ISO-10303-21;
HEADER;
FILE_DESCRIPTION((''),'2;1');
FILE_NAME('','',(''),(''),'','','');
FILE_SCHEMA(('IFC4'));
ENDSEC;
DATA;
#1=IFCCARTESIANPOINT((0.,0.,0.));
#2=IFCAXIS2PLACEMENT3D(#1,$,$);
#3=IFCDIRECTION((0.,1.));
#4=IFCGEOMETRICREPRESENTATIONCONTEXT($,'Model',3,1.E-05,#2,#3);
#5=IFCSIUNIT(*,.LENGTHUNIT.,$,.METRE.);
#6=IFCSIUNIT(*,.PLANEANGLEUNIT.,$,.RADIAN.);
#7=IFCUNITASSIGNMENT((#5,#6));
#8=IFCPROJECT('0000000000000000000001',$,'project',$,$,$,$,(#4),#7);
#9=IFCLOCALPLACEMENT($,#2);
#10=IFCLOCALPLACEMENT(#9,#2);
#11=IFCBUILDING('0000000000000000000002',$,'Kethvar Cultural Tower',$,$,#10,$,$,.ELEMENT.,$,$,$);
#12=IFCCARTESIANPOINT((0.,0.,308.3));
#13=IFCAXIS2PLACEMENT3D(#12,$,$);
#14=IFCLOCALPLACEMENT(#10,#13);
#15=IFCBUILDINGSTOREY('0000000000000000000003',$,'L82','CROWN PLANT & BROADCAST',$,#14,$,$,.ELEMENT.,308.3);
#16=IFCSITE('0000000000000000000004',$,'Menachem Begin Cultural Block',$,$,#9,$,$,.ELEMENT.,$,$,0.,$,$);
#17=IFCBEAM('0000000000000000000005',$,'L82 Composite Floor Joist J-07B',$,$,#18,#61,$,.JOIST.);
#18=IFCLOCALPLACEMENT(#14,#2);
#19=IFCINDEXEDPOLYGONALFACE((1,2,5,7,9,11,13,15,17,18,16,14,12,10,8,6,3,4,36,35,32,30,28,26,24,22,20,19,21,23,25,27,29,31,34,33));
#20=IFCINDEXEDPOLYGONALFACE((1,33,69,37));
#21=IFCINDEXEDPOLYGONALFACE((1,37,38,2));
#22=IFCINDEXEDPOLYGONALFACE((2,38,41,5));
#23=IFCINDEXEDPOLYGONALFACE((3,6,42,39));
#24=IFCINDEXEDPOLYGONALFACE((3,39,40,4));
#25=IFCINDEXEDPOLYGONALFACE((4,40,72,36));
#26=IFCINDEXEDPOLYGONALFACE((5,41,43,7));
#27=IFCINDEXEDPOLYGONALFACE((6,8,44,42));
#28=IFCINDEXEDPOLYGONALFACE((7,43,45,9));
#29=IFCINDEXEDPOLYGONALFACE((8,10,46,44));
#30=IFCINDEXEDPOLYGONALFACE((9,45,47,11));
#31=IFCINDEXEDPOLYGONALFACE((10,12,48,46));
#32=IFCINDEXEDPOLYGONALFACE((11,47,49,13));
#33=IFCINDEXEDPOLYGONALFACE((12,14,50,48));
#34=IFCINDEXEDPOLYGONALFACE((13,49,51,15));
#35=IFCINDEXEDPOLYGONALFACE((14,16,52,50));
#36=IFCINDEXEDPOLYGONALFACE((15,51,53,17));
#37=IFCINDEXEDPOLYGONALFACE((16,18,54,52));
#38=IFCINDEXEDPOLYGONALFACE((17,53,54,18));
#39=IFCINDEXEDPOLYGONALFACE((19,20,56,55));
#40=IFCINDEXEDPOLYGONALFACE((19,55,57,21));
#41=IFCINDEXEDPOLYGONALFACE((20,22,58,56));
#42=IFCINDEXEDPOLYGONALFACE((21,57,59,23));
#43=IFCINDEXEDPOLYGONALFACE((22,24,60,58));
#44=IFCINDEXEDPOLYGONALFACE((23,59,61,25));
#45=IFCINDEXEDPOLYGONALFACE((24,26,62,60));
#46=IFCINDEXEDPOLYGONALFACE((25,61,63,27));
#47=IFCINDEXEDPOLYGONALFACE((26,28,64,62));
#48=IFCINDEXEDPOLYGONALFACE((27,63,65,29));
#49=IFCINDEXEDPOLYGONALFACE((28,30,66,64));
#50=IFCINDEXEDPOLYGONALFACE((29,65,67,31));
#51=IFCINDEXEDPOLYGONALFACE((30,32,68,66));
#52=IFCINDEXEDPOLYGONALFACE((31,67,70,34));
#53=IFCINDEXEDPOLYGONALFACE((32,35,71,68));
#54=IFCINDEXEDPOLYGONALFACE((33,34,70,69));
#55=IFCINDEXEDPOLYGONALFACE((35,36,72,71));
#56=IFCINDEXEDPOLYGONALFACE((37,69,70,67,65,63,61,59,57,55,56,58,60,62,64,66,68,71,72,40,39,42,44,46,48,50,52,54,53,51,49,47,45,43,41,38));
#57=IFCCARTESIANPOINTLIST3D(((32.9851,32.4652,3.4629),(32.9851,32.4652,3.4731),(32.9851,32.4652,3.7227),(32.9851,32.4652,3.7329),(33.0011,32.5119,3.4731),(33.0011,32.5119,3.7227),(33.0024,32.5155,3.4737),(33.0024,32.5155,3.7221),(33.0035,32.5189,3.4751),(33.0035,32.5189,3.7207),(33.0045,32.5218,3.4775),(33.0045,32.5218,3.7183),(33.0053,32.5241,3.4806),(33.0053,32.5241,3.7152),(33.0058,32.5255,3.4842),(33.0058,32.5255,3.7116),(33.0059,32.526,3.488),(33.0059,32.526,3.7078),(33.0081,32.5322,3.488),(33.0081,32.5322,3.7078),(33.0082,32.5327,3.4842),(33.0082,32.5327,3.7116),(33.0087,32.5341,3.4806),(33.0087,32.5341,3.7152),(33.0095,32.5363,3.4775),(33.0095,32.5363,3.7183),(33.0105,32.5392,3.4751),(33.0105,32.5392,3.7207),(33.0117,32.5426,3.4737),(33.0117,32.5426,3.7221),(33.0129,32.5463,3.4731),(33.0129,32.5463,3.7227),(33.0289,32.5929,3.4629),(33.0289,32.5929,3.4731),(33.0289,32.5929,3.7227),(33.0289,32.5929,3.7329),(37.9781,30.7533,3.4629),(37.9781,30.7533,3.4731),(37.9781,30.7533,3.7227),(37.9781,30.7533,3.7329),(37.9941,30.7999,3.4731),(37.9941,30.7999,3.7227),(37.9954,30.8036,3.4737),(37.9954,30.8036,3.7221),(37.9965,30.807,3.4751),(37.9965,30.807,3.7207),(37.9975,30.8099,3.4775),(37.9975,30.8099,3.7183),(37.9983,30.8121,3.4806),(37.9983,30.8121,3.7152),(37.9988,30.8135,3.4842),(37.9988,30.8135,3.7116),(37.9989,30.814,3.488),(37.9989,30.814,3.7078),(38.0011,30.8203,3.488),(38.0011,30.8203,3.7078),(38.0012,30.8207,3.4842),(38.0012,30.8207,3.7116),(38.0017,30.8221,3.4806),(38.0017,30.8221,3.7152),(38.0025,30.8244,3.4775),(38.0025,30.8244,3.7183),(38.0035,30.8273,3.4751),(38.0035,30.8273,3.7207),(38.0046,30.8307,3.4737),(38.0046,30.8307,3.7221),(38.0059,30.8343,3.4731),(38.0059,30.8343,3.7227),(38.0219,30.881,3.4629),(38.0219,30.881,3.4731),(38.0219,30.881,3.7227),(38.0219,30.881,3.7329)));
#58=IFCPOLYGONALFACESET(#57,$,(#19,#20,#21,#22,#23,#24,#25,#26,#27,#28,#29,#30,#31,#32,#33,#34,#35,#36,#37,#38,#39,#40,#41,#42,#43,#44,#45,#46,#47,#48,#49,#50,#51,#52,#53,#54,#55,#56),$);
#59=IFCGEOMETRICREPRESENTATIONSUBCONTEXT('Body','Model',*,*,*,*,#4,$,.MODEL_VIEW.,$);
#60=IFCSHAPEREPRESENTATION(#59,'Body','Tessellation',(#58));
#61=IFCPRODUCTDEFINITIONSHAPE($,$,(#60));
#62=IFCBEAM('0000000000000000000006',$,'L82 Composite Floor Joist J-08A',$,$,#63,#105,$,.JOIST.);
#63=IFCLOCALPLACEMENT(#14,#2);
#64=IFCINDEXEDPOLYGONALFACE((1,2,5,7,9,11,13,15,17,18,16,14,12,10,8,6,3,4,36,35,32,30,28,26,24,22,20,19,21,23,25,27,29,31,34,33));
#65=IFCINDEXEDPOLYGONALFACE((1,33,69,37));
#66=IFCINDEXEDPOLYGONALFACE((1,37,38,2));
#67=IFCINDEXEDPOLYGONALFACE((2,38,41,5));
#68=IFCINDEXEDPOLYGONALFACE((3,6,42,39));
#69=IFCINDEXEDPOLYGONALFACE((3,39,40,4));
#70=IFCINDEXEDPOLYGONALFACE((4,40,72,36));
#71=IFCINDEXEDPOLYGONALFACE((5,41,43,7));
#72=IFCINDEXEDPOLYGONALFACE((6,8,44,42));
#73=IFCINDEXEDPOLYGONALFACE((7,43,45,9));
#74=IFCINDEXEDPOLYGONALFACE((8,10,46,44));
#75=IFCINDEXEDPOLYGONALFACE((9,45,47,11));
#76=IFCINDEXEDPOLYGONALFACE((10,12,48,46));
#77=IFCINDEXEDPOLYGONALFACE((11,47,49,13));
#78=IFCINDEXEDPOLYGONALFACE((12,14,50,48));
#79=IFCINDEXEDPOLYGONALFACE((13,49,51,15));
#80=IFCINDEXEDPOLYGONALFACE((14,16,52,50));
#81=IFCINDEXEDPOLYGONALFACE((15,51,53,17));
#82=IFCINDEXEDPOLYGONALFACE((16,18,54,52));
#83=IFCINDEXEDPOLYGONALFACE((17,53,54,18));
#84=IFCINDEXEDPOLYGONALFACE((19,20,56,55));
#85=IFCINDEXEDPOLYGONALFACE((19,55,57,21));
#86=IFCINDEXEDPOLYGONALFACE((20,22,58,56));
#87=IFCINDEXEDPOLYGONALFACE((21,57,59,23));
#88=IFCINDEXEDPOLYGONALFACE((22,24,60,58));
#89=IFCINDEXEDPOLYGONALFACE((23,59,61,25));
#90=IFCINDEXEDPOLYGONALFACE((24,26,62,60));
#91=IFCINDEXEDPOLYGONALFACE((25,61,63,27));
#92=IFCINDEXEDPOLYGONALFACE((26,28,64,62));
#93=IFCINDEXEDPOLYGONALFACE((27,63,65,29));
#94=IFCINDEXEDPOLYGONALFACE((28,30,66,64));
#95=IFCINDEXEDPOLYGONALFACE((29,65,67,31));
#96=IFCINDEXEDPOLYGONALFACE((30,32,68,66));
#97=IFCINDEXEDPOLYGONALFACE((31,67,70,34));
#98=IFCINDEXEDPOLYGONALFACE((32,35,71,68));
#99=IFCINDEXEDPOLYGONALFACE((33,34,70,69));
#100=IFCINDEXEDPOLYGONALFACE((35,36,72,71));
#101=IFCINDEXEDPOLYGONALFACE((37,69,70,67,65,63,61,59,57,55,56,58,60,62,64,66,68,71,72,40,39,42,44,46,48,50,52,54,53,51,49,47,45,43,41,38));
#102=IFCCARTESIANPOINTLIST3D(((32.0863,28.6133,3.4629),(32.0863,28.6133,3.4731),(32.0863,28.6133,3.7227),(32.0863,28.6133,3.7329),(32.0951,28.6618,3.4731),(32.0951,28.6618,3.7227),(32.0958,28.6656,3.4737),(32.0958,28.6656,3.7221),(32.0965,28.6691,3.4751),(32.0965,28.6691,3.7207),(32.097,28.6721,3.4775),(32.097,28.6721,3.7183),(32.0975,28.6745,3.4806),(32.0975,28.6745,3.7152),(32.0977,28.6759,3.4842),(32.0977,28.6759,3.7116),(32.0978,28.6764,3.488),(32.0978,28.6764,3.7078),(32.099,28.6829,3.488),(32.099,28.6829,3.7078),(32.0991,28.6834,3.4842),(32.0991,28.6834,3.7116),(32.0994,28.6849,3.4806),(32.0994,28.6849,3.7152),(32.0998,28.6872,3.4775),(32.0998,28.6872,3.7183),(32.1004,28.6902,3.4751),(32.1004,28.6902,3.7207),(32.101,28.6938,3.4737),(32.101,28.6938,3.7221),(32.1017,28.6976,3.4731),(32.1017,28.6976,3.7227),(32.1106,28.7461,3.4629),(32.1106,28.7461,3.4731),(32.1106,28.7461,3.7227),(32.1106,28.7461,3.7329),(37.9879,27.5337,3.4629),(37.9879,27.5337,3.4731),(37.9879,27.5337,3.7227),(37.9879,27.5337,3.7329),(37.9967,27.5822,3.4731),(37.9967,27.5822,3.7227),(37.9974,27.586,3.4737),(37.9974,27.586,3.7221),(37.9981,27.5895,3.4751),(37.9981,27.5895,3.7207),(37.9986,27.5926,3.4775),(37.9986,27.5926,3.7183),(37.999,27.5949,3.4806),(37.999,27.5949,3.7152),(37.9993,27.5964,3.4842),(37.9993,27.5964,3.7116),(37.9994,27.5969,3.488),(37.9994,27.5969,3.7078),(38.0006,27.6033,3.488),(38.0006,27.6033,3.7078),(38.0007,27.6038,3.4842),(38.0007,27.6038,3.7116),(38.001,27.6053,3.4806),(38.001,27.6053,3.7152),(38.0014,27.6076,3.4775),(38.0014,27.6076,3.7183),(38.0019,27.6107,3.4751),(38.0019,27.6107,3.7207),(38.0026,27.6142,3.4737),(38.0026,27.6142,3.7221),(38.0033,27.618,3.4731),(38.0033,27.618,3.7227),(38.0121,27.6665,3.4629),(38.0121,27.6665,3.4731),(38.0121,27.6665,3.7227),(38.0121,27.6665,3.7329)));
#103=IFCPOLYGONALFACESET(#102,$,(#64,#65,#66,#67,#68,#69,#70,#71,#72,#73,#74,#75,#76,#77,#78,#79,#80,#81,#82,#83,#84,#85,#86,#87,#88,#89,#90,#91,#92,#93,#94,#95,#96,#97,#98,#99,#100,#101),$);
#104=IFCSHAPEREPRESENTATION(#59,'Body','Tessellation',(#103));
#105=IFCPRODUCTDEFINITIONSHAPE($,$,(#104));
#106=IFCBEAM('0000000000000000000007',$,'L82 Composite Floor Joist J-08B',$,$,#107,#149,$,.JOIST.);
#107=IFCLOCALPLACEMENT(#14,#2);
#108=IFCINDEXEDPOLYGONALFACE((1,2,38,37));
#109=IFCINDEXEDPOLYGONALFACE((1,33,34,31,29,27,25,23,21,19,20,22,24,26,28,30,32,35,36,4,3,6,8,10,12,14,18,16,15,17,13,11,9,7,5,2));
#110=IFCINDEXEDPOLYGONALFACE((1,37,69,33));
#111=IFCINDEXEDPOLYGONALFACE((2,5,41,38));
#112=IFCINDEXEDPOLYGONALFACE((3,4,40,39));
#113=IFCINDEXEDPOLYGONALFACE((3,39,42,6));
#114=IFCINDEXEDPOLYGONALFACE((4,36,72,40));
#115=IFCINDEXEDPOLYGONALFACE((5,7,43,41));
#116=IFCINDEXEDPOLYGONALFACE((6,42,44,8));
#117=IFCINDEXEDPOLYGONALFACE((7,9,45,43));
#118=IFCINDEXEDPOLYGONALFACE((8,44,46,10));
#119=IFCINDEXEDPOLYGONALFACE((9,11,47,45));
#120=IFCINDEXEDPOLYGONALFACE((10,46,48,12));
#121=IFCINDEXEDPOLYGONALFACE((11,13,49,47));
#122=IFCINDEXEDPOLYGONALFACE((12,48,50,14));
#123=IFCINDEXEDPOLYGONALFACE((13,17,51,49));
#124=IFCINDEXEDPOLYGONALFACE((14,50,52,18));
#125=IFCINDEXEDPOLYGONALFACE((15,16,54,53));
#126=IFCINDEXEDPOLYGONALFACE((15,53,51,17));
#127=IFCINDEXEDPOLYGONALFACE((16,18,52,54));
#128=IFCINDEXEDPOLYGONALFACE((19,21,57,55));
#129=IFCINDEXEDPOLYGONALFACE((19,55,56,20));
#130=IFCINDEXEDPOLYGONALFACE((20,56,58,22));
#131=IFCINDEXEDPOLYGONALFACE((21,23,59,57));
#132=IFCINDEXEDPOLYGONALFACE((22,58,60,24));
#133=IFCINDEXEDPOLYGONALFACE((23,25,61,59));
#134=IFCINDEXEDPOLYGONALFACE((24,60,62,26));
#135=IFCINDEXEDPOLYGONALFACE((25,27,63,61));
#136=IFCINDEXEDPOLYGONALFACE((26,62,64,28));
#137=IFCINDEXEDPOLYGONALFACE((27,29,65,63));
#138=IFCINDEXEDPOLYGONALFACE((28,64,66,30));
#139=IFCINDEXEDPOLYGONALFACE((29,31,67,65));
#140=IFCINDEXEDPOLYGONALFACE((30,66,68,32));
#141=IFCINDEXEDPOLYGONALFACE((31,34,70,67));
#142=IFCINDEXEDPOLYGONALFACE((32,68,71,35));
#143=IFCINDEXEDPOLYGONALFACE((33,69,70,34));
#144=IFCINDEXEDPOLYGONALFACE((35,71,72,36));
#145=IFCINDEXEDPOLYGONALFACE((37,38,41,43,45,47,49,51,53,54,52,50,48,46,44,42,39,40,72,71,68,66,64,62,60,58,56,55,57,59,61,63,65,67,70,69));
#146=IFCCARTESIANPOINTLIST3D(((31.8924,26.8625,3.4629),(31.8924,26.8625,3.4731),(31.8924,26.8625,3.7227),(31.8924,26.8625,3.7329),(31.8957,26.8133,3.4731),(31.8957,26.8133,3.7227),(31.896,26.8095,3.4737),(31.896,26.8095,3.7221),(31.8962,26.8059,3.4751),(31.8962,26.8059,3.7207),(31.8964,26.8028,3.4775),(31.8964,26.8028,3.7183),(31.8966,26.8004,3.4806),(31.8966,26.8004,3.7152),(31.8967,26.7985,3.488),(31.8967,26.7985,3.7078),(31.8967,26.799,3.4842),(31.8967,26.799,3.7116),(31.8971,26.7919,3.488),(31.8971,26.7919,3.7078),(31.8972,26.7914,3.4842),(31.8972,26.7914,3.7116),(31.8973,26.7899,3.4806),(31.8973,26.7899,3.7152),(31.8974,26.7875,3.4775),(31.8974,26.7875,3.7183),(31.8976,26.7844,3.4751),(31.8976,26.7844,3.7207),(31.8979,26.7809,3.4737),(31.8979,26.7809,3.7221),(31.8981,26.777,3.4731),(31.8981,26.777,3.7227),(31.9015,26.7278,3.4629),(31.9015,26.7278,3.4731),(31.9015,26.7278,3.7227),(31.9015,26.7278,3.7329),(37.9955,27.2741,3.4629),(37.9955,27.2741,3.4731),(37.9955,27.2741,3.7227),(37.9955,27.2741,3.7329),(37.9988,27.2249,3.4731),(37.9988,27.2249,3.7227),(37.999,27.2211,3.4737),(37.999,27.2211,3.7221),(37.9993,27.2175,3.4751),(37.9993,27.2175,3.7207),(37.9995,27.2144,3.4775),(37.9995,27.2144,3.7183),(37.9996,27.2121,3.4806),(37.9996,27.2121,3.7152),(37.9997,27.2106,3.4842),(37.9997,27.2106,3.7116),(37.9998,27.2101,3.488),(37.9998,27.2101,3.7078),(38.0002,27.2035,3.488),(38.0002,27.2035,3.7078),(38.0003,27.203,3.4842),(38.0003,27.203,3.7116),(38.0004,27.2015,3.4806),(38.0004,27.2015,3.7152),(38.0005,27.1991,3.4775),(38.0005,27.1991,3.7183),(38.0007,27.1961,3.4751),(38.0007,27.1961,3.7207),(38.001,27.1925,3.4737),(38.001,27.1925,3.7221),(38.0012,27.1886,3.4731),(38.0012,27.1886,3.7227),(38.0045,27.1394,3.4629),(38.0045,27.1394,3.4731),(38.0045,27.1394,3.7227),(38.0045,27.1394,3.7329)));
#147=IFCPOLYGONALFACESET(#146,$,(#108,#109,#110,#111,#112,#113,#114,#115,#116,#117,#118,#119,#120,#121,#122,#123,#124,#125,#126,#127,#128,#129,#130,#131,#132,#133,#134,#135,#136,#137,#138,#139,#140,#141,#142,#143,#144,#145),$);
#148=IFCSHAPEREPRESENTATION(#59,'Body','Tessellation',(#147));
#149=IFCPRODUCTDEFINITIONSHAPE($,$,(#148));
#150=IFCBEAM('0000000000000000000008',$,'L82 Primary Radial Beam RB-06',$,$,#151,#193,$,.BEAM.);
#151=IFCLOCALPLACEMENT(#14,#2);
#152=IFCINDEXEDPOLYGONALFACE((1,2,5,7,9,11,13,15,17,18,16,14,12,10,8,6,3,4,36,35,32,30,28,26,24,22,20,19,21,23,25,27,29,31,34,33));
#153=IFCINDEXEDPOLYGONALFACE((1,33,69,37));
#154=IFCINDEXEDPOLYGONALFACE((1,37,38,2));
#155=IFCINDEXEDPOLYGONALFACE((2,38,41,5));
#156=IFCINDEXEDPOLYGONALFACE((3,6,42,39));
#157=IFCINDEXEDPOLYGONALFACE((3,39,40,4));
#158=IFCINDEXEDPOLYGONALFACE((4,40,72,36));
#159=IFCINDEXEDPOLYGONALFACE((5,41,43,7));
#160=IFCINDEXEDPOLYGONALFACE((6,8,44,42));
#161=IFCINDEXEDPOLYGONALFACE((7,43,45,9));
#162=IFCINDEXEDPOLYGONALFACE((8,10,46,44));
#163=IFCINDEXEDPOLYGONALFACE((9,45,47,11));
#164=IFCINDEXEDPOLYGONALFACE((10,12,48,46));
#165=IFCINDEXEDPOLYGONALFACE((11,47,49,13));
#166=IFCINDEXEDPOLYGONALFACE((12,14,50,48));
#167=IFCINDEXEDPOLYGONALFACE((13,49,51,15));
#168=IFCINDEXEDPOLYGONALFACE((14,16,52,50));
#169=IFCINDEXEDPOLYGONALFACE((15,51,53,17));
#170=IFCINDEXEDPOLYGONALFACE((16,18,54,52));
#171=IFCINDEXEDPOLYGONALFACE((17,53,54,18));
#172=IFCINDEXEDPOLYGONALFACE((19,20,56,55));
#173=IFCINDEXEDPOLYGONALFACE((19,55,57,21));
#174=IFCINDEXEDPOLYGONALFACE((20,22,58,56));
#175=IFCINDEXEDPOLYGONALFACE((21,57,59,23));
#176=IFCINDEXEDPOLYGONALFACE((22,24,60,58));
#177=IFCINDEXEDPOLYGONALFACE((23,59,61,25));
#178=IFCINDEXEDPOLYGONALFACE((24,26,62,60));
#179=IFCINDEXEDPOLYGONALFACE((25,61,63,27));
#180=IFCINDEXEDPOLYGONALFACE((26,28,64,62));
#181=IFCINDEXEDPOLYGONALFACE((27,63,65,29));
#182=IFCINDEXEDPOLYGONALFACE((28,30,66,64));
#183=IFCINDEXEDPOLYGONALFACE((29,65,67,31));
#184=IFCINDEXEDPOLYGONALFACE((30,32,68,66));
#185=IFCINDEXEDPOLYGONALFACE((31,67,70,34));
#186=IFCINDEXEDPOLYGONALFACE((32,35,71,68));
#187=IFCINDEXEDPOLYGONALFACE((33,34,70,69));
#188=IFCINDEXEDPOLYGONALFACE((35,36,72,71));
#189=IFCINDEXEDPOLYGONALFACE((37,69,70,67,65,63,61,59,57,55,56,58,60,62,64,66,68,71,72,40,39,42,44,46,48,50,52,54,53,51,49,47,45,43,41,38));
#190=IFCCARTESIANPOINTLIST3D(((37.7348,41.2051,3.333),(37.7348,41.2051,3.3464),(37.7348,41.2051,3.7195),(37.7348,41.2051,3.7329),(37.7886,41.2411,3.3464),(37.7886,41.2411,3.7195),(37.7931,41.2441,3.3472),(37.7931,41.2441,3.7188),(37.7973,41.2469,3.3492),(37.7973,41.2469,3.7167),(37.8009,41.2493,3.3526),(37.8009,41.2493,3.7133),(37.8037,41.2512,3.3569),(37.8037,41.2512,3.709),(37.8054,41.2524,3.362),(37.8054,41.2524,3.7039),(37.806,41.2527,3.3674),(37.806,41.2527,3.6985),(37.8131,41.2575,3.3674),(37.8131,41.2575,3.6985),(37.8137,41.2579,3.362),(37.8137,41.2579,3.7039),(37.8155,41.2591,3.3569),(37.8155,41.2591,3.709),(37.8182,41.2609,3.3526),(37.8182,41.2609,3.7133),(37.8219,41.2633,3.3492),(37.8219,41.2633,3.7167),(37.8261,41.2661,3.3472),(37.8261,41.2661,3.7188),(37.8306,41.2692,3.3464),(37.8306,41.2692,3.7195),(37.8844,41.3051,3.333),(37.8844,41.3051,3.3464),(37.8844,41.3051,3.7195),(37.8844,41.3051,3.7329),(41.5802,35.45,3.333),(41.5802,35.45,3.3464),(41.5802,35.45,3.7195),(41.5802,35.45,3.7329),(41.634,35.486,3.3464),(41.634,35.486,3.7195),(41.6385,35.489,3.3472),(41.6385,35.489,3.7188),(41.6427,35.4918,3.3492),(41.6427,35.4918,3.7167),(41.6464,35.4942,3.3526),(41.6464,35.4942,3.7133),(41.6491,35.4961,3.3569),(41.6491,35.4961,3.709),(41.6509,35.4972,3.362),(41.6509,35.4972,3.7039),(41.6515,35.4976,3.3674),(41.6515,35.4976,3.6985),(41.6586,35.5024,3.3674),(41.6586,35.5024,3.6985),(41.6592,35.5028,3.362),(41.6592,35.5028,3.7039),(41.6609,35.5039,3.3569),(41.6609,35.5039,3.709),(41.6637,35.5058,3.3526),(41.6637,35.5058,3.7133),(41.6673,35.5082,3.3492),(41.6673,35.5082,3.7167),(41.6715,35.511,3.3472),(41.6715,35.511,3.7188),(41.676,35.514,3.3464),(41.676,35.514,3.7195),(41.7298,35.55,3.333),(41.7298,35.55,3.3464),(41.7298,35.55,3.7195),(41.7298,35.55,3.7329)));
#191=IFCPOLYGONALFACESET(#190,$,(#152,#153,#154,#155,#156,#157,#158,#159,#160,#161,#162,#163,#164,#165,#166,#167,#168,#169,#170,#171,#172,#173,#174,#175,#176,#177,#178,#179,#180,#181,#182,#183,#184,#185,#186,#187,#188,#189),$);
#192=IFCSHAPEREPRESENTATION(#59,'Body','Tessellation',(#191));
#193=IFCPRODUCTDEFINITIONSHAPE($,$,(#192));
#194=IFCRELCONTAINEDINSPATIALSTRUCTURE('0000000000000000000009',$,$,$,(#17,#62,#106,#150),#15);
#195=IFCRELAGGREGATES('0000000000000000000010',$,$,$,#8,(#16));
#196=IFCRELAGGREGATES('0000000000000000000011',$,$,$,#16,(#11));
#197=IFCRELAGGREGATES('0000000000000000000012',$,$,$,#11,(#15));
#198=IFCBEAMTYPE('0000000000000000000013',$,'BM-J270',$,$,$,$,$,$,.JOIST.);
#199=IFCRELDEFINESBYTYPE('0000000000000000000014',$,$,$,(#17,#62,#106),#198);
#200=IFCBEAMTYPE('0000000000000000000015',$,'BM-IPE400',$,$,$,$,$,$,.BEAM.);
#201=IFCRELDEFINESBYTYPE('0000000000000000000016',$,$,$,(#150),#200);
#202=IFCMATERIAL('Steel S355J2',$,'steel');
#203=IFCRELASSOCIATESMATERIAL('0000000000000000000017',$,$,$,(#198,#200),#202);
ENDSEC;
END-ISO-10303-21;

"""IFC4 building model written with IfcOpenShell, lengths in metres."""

from ifc_helpers import new_model, si_unit, direction, frame, origin, origin_2d, place, context, subcontext, project, spatial, i_section, extrude, source, transform, mapped, material, material_profile, profile_set, type_object, element, save


model = new_model("IFC4")

# Units and contexts
model_context = context("Model", 3, precision=1e-05, world=origin(), true_north=direction((0.0, 1.0)))
body_context = subcontext(model_context, "Body", "Model", "MODEL_VIEW")
ifc_project = project(units=[si_unit("LENGTHUNIT", "METRE"), si_unit("PLANEANGLEUNIT", "RADIAN")], contexts=[model_context])

# Site, building, storey
site_placement = place(None, origin())
site = spatial("IfcSite", under=ifc_project, at=site_placement, Name="Menachem Begin Cultural Block", CompositionType="ELEMENT", RefElevation=0.0)
building_placement = place(site_placement, origin())
building = spatial("IfcBuilding", under=site, at=building_placement, Name="Kethvar Cultural Tower", CompositionType="ELEMENT")
storey_placement = place(building_placement, frame((0.0, 0.0, 308.3)))
storey = spatial("IfcBuildingStorey", under=building, at=storey_placement, Name="L82", Description="CROWN PLANT & BROADCAST", CompositionType="ELEMENT", Elevation=308.3)

# Beams
ifc_material_1 = material(Name="Steel S355J2", Category="steel")
ifc_material_profile_1 = material_profile(ifc_material_1, i_section(OverallWidth=0.135, OverallDepth=0.27, WebThickness=0.0066, FlangeThickness=0.0103, FilletRadius=0.0149, at=origin_2d()), Name="Steel S355J2 — IPE270")
ifc_profile_set_1 = profile_set([ifc_material_profile_1], Name="Steel S355J2 — IPE270")
beam_type_1 = type_object("IfcBeamType", Name="BM-J270", PredefinedType="JOIST", material=ifc_profile_set_1)
shared_shape_1 = source(origin(), body_context, "Body", "SweptSolid", [
    extrude(i_section(OverallWidth=0.135, OverallDepth=0.27, WebThickness=0.0066, FlangeThickness=0.0103, FilletRadius=0.0149, at=origin_2d()), origin(), (0.0, 0.0, 1.0), 5.2783),
])
beam_1_placement = place(storey_placement, frame((38.0, 30.8171, 3.5979), z_axis=(-0.945943, 0.324334, 0.0), x_axis=(-0.324334, -0.945943, 0.0)))
element("IfcBeam", 1, at=beam_1_placement, inside=storey, type_object=beam_type_1, Name="L82 Composite Floor Joist J-07B", PredefinedType="JOIST", context=body_context, shape_type="MappedRepresentation", body=[
    mapped(shared_shape_1, transform((0.0, 0.0, 0.0), scale=1.0)),
])
shared_shape_2 = source(origin(), body_context, "Body", "SweptSolid", [
    extrude(i_section(OverallWidth=0.135, OverallDepth=0.27, WebThickness=0.0066, FlangeThickness=0.0103, FilletRadius=0.0149, at=origin_2d()), origin(), (0.0, 0.0, 1.0), 5.9995),
])
beam_2_placement = place(storey_placement, frame((38.0, 27.6001, 3.5979), z_axis=(-0.983677, 0.179945, 0.0), x_axis=(-0.179945, -0.983677, 0.0)))
element("IfcBeam", 2, at=beam_2_placement, inside=storey, type_object=beam_type_1, Name="L82 Composite Floor Joist J-08A", PredefinedType="JOIST", context=body_context, shape_type="MappedRepresentation", body=[
    mapped(shared_shape_2, transform((0.0, 0.0, 0.0), scale=1.0)),
])
shared_shape_3 = source(origin(), body_context, "Body", "SweptSolid", [
    extrude(i_section(OverallWidth=0.135, OverallDepth=0.27, WebThickness=0.0066, FlangeThickness=0.0103, FilletRadius=0.0149, at=origin_2d()), origin(), (0.0, 0.0, 1.0), 6.1169),
])
beam_3_placement = place(storey_placement, frame((38.0, 27.2068, 3.5979), z_axis=(-0.997733, -0.067293, 0.0), x_axis=(0.067293, -0.997733, 0.0)))
element("IfcBeam", 3, at=beam_3_placement, inside=storey, type_object=beam_type_1, Name="L82 Composite Floor Joist J-08B", PredefinedType="JOIST", context=body_context, shape_type="MappedRepresentation", body=[
    mapped(shared_shape_3, transform((0.0, 0.0, 0.0), scale=1.0)),
])
ifc_material_profile_2 = material_profile(ifc_material_1, i_section(OverallWidth=0.1799, OverallDepth=0.3999, WebThickness=0.0085, FlangeThickness=0.0134, FilletRadius=0.021, at=origin_2d()), Name="Steel S355J2 — IPE400")
ifc_profile_set_2 = profile_set([ifc_material_profile_2], Name="Steel S355J2 — IPE400")
beam_type_2 = type_object("IfcBeamType", Name="BM-IPE400", PredefinedType="BEAM", material=ifc_profile_set_2)
shared_shape_4 = source(origin(), body_context, "Body", "SweptSolid", [
    extrude(i_section(OverallWidth=0.1799, OverallDepth=0.3999, WebThickness=0.0085, FlangeThickness=0.0134, FilletRadius=0.021, at=origin_2d()), origin(), (0.0, 0.0, 1.0), 6.9216),
])
beam_4_placement = place(storey_placement, frame((41.655, 35.5, 3.533), z_axis=(-0.555571, 0.831469, 0.0), x_axis=(-0.831469, -0.555571, 0.0)))
element("IfcBeam", 4, at=beam_4_placement, inside=storey, type_object=beam_type_2, Name="L82 Primary Radial Beam RB-06", PredefinedType="BEAM", context=body_context, shape_type="MappedRepresentation", body=[
    mapped(shared_shape_4, transform((0.0, 0.0, 0.0), scale=1.0)),
])

save(model, "model.ifc")
